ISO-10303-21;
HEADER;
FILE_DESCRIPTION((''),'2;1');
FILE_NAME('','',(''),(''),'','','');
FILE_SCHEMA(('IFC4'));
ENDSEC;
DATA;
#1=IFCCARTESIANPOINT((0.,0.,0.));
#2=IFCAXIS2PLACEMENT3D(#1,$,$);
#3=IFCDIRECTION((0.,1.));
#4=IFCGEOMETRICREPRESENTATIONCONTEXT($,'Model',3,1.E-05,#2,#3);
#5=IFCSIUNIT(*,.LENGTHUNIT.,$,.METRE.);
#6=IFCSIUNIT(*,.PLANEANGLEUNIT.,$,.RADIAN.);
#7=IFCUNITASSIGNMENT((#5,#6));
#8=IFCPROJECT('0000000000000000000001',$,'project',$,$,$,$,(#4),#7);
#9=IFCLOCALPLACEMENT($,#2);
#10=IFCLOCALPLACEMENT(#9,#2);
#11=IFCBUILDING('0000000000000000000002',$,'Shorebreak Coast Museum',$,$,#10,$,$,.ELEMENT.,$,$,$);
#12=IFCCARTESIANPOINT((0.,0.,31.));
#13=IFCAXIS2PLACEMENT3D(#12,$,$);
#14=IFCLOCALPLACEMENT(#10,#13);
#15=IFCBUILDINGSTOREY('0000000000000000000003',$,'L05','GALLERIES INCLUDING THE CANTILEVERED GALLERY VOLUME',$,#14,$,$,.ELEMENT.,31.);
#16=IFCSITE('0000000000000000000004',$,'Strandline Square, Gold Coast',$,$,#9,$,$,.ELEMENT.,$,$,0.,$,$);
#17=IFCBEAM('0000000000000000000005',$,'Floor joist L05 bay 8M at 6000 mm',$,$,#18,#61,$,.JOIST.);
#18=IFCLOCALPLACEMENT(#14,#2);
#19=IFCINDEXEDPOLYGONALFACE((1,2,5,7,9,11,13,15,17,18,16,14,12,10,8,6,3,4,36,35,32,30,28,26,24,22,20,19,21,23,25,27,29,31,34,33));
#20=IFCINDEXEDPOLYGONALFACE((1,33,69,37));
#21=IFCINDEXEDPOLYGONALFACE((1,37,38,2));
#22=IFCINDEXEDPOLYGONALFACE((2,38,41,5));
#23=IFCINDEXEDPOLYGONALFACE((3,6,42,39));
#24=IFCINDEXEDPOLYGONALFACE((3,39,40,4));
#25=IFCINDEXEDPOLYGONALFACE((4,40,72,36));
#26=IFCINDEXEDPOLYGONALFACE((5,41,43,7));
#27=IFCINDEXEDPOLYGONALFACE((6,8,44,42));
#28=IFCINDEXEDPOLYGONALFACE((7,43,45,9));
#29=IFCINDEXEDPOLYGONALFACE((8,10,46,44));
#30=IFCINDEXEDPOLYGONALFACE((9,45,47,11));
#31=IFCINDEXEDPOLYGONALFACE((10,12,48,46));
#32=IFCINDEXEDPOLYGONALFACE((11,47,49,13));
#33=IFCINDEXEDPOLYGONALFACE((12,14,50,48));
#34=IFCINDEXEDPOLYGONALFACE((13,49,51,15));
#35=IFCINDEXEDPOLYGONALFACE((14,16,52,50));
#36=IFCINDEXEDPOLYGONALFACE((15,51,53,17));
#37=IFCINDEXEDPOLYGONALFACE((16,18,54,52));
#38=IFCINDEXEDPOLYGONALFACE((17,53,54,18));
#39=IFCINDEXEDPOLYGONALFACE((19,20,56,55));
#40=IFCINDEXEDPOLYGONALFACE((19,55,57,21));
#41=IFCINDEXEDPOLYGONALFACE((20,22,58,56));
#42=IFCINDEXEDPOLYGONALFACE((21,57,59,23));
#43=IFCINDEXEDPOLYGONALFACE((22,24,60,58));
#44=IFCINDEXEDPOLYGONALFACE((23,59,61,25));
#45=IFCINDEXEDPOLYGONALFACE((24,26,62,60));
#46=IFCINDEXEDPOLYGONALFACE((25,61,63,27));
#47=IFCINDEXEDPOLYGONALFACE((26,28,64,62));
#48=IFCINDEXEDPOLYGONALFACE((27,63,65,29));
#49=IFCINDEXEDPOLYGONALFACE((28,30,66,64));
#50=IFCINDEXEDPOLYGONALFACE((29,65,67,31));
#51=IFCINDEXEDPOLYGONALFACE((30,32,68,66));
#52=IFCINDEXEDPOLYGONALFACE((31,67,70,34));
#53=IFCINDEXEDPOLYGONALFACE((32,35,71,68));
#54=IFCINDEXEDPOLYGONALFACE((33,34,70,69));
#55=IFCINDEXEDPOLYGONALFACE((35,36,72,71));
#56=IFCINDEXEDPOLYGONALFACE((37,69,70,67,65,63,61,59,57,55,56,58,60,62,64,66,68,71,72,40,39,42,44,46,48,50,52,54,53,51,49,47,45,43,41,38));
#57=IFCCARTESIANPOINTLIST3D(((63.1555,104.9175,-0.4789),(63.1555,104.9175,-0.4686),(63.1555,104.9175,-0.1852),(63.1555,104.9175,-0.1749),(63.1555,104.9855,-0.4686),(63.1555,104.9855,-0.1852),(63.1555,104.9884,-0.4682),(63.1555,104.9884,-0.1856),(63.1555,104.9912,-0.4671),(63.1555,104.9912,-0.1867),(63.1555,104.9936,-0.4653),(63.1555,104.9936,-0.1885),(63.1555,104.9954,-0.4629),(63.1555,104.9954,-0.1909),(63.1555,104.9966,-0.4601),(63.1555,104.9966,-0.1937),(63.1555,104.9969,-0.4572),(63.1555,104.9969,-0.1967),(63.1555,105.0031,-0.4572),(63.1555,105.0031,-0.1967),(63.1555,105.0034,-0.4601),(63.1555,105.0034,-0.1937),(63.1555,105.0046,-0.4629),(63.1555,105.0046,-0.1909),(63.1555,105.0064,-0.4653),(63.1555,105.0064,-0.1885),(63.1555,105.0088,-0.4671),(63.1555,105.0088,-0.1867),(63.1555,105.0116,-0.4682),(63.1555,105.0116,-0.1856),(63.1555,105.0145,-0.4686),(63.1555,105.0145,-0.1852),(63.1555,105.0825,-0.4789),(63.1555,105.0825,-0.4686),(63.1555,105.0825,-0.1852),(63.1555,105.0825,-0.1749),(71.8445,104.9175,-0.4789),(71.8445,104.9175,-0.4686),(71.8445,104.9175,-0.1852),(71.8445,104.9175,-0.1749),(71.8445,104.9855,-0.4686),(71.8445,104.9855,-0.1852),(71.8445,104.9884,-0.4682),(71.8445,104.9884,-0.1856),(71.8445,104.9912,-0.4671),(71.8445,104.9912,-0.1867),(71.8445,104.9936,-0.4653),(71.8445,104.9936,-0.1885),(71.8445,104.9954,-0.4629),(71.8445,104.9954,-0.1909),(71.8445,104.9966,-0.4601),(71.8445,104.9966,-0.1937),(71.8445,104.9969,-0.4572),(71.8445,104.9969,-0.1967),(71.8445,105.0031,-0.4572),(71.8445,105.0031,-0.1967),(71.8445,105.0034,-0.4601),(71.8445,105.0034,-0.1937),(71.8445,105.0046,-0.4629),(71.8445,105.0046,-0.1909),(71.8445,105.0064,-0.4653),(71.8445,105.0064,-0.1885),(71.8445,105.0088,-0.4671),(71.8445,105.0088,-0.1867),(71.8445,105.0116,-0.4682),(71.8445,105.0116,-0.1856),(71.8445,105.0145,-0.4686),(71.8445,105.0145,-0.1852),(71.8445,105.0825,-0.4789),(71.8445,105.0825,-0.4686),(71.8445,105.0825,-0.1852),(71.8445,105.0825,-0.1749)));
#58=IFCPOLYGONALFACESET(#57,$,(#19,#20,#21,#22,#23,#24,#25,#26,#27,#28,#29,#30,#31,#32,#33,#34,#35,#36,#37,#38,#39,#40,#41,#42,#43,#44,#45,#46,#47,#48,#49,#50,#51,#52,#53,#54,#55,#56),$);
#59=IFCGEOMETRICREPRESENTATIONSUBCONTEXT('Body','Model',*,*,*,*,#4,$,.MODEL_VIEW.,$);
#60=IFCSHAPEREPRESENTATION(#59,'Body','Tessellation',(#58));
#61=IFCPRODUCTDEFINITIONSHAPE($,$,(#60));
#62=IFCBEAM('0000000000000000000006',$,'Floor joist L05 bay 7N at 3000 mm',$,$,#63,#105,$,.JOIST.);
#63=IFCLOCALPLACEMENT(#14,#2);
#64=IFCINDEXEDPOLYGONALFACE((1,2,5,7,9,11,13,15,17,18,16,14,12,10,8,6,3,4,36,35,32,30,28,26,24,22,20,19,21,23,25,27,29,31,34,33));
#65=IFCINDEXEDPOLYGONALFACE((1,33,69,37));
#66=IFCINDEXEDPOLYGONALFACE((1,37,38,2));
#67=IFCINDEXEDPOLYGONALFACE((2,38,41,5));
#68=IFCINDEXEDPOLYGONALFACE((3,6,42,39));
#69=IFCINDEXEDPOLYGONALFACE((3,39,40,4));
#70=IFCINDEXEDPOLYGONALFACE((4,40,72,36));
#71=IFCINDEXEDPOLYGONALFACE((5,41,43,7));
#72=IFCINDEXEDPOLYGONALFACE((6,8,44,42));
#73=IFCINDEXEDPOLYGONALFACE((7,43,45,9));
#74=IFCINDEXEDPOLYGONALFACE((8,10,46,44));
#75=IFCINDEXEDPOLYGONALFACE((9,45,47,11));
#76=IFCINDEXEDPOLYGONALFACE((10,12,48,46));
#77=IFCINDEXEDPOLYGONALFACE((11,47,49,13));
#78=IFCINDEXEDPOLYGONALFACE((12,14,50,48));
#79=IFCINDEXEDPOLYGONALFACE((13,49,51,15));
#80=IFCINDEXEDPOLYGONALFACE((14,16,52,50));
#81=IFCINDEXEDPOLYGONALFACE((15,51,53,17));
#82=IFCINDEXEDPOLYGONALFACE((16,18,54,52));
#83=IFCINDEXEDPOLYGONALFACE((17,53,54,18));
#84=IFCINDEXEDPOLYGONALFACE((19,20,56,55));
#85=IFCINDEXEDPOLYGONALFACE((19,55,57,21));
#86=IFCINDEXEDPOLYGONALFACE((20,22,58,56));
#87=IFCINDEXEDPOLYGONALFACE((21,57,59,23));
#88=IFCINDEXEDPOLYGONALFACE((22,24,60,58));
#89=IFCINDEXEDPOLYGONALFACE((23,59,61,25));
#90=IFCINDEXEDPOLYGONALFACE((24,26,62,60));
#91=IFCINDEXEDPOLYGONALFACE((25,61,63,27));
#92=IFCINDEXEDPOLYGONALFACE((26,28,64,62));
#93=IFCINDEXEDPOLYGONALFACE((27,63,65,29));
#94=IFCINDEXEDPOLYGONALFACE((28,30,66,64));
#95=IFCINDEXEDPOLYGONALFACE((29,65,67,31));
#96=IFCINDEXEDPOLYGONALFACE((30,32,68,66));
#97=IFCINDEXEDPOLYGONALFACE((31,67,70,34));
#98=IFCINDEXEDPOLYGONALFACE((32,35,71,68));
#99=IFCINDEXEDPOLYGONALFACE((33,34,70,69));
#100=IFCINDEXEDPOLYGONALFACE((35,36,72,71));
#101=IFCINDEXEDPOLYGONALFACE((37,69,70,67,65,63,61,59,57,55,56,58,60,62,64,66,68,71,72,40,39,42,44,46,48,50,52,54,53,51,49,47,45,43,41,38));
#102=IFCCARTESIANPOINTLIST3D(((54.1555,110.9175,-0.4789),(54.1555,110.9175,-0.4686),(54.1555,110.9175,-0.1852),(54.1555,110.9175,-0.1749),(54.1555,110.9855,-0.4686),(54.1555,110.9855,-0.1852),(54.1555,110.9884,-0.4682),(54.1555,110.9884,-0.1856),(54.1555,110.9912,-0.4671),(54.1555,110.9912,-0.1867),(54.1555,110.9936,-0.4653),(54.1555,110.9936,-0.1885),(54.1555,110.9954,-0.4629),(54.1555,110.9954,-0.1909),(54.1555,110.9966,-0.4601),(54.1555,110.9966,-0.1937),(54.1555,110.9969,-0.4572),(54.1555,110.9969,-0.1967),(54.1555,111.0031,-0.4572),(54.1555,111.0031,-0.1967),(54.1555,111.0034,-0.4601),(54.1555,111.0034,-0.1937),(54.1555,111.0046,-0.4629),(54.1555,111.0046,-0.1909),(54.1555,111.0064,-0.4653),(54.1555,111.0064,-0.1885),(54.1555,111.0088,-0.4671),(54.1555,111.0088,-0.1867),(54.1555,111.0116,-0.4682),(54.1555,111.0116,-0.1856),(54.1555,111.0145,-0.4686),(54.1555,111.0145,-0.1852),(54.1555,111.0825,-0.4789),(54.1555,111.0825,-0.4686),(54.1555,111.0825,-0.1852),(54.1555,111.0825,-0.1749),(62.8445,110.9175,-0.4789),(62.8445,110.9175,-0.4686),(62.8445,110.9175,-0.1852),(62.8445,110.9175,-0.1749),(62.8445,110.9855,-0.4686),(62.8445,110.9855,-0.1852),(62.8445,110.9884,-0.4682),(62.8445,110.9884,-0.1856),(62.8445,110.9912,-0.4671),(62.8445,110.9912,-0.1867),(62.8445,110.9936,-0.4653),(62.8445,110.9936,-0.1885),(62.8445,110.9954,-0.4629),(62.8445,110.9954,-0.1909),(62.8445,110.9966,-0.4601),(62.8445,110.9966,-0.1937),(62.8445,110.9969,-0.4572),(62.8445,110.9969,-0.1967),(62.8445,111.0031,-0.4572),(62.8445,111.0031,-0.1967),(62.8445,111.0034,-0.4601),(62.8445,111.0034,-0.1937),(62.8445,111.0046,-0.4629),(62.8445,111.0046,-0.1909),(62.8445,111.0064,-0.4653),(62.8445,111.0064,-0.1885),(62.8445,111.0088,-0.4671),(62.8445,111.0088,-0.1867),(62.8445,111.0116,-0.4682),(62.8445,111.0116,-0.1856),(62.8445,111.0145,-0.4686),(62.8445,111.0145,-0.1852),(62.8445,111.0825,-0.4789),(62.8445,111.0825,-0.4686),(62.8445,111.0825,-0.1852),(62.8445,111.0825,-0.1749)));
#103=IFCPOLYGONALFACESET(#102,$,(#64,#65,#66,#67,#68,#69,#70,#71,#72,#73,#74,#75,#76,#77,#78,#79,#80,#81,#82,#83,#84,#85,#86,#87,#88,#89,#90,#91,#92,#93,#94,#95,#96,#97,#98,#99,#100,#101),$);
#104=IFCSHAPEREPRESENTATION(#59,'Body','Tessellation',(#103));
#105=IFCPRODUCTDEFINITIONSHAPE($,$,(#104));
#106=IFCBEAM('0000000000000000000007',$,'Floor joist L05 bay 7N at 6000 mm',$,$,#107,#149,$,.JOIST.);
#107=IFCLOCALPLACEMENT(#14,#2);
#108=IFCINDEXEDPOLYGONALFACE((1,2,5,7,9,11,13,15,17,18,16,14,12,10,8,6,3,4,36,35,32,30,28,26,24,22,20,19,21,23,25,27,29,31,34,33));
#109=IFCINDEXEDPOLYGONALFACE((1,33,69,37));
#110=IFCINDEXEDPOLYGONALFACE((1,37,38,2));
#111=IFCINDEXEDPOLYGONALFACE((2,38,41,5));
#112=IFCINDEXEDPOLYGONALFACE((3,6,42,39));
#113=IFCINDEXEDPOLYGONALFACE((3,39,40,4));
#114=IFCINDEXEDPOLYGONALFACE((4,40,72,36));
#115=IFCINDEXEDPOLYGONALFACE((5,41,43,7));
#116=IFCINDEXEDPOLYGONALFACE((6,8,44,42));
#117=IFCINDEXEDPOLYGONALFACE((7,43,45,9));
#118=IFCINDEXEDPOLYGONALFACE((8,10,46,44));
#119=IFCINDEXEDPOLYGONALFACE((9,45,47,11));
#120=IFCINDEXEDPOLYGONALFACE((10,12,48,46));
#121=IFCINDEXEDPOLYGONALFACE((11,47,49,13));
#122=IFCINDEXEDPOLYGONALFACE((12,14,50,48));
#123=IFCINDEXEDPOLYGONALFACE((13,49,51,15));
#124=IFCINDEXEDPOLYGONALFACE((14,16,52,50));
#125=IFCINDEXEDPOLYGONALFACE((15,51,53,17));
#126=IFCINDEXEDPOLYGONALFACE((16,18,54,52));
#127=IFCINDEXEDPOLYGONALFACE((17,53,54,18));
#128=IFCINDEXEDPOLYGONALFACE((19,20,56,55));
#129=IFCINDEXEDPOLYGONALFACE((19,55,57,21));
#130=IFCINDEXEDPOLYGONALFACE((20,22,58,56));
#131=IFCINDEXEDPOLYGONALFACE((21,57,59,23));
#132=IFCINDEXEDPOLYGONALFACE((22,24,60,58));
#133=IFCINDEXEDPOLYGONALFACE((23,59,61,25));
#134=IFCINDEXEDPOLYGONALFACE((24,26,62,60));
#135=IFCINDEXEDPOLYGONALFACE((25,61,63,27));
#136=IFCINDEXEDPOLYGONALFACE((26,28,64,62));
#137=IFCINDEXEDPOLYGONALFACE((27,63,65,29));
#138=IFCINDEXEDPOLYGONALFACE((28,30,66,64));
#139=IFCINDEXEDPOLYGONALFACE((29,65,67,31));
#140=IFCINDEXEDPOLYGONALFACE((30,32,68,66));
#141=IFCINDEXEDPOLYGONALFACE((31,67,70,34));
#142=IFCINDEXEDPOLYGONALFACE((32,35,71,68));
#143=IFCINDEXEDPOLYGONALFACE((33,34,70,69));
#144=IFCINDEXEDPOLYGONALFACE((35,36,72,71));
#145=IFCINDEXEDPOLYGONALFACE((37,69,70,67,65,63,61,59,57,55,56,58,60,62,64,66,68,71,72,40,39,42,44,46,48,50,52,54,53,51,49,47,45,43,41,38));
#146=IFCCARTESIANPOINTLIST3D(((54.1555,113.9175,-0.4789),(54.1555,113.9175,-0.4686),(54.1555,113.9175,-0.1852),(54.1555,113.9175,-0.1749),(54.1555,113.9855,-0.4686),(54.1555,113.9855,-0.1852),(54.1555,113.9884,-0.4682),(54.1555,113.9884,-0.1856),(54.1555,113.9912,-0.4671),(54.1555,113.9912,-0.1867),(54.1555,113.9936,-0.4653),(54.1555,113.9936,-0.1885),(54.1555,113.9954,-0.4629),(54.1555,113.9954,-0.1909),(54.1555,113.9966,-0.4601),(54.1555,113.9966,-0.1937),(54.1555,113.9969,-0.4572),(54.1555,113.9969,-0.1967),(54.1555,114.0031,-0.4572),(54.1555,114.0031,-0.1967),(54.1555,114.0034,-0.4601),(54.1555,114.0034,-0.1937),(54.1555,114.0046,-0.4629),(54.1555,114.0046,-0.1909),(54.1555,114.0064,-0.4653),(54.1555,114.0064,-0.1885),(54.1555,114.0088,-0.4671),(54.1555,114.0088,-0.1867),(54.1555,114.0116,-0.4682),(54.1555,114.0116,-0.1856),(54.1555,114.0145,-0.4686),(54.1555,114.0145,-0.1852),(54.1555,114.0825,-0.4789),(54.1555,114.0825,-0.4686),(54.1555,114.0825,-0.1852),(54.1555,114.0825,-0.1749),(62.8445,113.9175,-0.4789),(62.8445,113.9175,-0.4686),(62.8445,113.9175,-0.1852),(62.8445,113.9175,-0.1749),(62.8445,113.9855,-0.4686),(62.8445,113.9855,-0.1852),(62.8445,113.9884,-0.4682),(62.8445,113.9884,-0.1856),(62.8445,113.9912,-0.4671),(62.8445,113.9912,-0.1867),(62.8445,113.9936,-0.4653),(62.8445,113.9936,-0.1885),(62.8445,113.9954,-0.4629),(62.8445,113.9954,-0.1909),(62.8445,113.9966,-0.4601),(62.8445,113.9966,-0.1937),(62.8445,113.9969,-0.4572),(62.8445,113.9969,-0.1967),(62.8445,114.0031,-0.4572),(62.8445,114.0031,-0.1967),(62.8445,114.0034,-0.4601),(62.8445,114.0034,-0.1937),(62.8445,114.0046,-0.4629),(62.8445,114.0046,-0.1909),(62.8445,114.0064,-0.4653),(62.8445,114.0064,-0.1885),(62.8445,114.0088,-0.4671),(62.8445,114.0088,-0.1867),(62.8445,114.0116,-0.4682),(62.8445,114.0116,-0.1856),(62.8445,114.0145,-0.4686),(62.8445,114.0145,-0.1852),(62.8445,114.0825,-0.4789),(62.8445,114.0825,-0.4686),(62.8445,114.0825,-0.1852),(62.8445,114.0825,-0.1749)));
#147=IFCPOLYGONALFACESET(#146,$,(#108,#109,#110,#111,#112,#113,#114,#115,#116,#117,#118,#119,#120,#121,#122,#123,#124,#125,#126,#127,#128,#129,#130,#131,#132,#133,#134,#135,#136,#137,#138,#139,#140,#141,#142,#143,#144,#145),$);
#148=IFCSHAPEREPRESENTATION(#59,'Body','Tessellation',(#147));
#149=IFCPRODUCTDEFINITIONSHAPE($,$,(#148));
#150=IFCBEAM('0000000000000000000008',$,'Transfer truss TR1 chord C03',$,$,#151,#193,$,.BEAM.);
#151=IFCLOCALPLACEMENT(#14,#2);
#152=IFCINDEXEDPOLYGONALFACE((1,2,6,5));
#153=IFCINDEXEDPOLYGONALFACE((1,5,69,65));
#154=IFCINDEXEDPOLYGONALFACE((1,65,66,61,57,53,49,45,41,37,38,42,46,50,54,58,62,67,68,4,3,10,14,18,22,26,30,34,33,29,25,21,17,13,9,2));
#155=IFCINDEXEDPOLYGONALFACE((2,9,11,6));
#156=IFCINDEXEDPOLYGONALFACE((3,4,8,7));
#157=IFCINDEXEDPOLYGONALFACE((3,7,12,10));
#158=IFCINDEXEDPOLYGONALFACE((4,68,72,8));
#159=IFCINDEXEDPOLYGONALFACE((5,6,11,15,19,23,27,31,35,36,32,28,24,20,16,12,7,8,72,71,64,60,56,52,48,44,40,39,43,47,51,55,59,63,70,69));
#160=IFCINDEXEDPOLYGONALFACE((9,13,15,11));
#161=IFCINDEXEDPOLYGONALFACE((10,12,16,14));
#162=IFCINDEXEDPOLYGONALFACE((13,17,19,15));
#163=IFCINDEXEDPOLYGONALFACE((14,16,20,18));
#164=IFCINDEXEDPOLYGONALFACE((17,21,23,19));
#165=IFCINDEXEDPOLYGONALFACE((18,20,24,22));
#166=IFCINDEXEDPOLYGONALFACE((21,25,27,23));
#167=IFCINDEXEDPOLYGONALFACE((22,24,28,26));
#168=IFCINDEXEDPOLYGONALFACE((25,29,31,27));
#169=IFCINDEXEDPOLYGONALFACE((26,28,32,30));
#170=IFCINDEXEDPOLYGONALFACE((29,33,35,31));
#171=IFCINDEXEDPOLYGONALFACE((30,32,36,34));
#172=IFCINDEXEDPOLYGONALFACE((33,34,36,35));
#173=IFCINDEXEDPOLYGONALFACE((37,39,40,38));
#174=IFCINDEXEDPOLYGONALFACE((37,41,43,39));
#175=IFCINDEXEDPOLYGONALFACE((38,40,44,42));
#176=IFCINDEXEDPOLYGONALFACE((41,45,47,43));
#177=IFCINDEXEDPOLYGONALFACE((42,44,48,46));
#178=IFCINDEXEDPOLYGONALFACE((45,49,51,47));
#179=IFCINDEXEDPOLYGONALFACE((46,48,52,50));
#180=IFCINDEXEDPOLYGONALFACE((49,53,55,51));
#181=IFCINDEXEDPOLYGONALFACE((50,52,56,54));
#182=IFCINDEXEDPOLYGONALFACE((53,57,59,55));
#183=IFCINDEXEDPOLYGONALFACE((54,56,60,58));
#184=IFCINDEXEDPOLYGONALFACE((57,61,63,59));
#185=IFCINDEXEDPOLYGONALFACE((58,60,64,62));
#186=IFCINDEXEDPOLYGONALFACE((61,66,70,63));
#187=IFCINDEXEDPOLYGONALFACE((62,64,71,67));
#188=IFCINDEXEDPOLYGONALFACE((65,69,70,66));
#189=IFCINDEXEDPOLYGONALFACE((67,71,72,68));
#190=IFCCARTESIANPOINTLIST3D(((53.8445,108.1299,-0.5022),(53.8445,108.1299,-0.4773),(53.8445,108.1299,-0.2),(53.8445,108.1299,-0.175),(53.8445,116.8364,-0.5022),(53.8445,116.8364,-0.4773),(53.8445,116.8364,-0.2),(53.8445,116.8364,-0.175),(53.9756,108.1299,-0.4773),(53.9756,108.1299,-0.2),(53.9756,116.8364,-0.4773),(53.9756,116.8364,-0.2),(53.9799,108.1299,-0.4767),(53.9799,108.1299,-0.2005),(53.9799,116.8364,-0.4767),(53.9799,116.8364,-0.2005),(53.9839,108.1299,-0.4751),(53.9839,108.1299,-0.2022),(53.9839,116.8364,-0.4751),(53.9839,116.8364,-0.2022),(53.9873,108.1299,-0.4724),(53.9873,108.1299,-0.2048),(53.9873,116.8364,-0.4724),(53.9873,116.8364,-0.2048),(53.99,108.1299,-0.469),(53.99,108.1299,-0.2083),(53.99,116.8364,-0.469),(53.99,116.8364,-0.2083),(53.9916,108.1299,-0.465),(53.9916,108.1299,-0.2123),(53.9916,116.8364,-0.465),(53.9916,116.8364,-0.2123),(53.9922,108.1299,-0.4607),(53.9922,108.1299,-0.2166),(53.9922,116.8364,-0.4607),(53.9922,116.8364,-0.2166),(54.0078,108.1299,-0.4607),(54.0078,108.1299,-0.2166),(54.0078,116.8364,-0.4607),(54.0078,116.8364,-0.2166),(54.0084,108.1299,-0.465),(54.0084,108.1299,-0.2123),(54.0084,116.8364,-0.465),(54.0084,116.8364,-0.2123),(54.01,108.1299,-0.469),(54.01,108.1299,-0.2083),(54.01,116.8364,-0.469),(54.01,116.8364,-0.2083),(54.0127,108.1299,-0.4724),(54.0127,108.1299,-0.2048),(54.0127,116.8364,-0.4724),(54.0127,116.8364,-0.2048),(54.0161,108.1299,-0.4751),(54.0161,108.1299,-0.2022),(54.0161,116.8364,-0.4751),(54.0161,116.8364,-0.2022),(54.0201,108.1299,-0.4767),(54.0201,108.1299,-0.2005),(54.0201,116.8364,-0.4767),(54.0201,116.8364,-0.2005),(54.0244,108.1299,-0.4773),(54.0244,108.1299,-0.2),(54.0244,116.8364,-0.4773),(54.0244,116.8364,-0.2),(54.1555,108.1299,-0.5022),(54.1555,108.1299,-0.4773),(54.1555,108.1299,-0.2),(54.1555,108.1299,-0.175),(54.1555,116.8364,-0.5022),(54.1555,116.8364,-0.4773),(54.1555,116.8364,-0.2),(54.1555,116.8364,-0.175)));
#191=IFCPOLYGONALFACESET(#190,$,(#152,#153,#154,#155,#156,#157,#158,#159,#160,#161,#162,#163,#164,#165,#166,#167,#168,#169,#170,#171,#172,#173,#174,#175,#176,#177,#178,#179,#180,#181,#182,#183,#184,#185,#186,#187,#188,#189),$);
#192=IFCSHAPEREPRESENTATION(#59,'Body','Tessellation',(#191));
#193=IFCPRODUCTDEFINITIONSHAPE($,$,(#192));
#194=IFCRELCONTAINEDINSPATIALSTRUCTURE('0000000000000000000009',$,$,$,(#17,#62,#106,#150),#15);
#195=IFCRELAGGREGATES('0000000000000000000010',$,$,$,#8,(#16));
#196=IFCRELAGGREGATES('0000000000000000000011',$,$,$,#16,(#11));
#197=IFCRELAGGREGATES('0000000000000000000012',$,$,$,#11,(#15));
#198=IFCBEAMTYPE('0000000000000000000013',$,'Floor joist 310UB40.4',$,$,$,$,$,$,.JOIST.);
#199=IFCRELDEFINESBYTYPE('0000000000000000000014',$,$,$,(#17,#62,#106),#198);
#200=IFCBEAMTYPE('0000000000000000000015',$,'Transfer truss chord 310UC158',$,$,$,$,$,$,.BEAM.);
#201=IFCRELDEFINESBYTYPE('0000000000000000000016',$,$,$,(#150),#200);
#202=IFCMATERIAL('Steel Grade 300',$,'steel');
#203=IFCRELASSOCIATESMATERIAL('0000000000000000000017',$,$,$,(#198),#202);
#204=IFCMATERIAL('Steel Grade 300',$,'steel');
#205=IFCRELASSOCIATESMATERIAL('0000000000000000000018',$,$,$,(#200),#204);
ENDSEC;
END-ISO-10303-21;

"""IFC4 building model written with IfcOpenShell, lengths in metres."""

from ifc_helpers import new_model, si_unit, direction, frame, origin, origin_2d, place, context, subcontext, project, spatial, i_section, extrude, material, material_profile, profile_set, type_object, element, save


model = new_model("IFC4")

# Units and contexts
model_context = context("Model", 3, precision=1e-05, world=origin(), true_north=direction((0.0, 1.0)))
body_context = subcontext(model_context, "Body", "Model", "MODEL_VIEW")
ifc_project = project(units=[si_unit("LENGTHUNIT", "METRE"), si_unit("PLANEANGLEUNIT", "RADIAN")], contexts=[model_context])

# Site, building, storey
site_placement = place(None, origin())
site = spatial("IfcSite", under=ifc_project, at=site_placement, Name="Strandline Square, Gold Coast", CompositionType="ELEMENT", RefElevation=0.0)
building_placement = place(site_placement, origin())
building = spatial("IfcBuilding", under=site, at=building_placement, Name="Shorebreak Coast Museum", CompositionType="ELEMENT")
storey_placement = place(building_placement, frame((0.0, 0.0, 31.0)))
storey = spatial("IfcBuildingStorey", under=building, at=storey_placement, Name="L05", Description="GALLERIES INCLUDING THE CANTILEVERED GALLERY VOLUME", CompositionType="ELEMENT", Elevation=31.0)

# Beams
ifc_material_1 = material(Name="Steel Grade 300", Category="steel")
ifc_material_profile_1 = material_profile(ifc_material_1, i_section(OverallWidth=0.165, OverallDepth=0.304, WebThickness=0.0061, FlangeThickness=0.0103, FilletRadius=0.0115, at=origin_2d()), Name="310UB40.4")
ifc_profile_set_1 = profile_set([ifc_material_profile_1], Name="Steel Grade 300")
beam_type_1 = type_object("IfcBeamType", Name="Floor joist 310UB40.4", PredefinedType="JOIST", material=ifc_profile_set_1)
for number, where, z_axis, x_axis, name in (
    (1, (63.1555, 105.0, -0.3269), (1.0, 0.0, 0.0), (0.0, 1.0, 0.0), "Floor joist L05 bay 8M at 6000 mm"),
    (2, (54.1555, 111.0, -0.3269), (1.0, 0.0, 0.0), (0.0, 1.0, 0.0), "Floor joist L05 bay 7N at 3000 mm"),
    (3, (54.1555, 114.0, -0.3269), (1.0, 0.0, 0.0), (0.0, 1.0, 0.0), "Floor joist L05 bay 7N at 6000 mm"),
):
    element("IfcBeam", number, at=place(storey_placement, frame(where, z_axis=z_axis, x_axis=x_axis)), inside=storey, type_object=beam_type_1, Name=name, PredefinedType="JOIST", context=body_context, shape_type="SweptSolid", body=[
        extrude(i_section(OverallWidth=0.165, OverallDepth=0.304, WebThickness=0.0061, FlangeThickness=0.0103, FilletRadius=0.0115, at=origin_2d()), origin(), (0.0, 0.0, 1.0), 8.689),
    ])
ifc_material_2 = material(Name="Steel Grade 300", Category="steel")
ifc_material_profile_2 = material_profile(ifc_material_2, i_section(OverallWidth=0.311, OverallDepth=0.3271, WebThickness=0.0156, FlangeThickness=0.0249, FilletRadius=0.0166, at=origin_2d()), Name="310UC158")
ifc_profile_set_2 = profile_set([ifc_material_profile_2], Name="Steel Grade 300")
beam_type_2 = type_object("IfcBeamType", Name="Transfer truss chord 310UC158", PredefinedType="BEAM", material=ifc_profile_set_2)
for number, where, z_axis, x_axis, name in (
    (4, (54.0, 108.1299, -0.3386), (0.0, 1.0, 0.0), (-1.0, 0.0, 0.0), "Transfer truss TR1 chord C03"),
):
    element("IfcBeam", number, at=place(storey_placement, frame(where, z_axis=z_axis, x_axis=x_axis)), inside=storey, type_object=beam_type_2, Name=name, PredefinedType="BEAM", context=body_context, shape_type="SweptSolid", body=[
        extrude(i_section(OverallWidth=0.311, OverallDepth=0.3271, WebThickness=0.0156, FlangeThickness=0.0249, FilletRadius=0.0166, at=origin_2d()), origin(), (0.0, 0.0, 1.0), 8.7065),
    ])

save(model, "model.ifc")
